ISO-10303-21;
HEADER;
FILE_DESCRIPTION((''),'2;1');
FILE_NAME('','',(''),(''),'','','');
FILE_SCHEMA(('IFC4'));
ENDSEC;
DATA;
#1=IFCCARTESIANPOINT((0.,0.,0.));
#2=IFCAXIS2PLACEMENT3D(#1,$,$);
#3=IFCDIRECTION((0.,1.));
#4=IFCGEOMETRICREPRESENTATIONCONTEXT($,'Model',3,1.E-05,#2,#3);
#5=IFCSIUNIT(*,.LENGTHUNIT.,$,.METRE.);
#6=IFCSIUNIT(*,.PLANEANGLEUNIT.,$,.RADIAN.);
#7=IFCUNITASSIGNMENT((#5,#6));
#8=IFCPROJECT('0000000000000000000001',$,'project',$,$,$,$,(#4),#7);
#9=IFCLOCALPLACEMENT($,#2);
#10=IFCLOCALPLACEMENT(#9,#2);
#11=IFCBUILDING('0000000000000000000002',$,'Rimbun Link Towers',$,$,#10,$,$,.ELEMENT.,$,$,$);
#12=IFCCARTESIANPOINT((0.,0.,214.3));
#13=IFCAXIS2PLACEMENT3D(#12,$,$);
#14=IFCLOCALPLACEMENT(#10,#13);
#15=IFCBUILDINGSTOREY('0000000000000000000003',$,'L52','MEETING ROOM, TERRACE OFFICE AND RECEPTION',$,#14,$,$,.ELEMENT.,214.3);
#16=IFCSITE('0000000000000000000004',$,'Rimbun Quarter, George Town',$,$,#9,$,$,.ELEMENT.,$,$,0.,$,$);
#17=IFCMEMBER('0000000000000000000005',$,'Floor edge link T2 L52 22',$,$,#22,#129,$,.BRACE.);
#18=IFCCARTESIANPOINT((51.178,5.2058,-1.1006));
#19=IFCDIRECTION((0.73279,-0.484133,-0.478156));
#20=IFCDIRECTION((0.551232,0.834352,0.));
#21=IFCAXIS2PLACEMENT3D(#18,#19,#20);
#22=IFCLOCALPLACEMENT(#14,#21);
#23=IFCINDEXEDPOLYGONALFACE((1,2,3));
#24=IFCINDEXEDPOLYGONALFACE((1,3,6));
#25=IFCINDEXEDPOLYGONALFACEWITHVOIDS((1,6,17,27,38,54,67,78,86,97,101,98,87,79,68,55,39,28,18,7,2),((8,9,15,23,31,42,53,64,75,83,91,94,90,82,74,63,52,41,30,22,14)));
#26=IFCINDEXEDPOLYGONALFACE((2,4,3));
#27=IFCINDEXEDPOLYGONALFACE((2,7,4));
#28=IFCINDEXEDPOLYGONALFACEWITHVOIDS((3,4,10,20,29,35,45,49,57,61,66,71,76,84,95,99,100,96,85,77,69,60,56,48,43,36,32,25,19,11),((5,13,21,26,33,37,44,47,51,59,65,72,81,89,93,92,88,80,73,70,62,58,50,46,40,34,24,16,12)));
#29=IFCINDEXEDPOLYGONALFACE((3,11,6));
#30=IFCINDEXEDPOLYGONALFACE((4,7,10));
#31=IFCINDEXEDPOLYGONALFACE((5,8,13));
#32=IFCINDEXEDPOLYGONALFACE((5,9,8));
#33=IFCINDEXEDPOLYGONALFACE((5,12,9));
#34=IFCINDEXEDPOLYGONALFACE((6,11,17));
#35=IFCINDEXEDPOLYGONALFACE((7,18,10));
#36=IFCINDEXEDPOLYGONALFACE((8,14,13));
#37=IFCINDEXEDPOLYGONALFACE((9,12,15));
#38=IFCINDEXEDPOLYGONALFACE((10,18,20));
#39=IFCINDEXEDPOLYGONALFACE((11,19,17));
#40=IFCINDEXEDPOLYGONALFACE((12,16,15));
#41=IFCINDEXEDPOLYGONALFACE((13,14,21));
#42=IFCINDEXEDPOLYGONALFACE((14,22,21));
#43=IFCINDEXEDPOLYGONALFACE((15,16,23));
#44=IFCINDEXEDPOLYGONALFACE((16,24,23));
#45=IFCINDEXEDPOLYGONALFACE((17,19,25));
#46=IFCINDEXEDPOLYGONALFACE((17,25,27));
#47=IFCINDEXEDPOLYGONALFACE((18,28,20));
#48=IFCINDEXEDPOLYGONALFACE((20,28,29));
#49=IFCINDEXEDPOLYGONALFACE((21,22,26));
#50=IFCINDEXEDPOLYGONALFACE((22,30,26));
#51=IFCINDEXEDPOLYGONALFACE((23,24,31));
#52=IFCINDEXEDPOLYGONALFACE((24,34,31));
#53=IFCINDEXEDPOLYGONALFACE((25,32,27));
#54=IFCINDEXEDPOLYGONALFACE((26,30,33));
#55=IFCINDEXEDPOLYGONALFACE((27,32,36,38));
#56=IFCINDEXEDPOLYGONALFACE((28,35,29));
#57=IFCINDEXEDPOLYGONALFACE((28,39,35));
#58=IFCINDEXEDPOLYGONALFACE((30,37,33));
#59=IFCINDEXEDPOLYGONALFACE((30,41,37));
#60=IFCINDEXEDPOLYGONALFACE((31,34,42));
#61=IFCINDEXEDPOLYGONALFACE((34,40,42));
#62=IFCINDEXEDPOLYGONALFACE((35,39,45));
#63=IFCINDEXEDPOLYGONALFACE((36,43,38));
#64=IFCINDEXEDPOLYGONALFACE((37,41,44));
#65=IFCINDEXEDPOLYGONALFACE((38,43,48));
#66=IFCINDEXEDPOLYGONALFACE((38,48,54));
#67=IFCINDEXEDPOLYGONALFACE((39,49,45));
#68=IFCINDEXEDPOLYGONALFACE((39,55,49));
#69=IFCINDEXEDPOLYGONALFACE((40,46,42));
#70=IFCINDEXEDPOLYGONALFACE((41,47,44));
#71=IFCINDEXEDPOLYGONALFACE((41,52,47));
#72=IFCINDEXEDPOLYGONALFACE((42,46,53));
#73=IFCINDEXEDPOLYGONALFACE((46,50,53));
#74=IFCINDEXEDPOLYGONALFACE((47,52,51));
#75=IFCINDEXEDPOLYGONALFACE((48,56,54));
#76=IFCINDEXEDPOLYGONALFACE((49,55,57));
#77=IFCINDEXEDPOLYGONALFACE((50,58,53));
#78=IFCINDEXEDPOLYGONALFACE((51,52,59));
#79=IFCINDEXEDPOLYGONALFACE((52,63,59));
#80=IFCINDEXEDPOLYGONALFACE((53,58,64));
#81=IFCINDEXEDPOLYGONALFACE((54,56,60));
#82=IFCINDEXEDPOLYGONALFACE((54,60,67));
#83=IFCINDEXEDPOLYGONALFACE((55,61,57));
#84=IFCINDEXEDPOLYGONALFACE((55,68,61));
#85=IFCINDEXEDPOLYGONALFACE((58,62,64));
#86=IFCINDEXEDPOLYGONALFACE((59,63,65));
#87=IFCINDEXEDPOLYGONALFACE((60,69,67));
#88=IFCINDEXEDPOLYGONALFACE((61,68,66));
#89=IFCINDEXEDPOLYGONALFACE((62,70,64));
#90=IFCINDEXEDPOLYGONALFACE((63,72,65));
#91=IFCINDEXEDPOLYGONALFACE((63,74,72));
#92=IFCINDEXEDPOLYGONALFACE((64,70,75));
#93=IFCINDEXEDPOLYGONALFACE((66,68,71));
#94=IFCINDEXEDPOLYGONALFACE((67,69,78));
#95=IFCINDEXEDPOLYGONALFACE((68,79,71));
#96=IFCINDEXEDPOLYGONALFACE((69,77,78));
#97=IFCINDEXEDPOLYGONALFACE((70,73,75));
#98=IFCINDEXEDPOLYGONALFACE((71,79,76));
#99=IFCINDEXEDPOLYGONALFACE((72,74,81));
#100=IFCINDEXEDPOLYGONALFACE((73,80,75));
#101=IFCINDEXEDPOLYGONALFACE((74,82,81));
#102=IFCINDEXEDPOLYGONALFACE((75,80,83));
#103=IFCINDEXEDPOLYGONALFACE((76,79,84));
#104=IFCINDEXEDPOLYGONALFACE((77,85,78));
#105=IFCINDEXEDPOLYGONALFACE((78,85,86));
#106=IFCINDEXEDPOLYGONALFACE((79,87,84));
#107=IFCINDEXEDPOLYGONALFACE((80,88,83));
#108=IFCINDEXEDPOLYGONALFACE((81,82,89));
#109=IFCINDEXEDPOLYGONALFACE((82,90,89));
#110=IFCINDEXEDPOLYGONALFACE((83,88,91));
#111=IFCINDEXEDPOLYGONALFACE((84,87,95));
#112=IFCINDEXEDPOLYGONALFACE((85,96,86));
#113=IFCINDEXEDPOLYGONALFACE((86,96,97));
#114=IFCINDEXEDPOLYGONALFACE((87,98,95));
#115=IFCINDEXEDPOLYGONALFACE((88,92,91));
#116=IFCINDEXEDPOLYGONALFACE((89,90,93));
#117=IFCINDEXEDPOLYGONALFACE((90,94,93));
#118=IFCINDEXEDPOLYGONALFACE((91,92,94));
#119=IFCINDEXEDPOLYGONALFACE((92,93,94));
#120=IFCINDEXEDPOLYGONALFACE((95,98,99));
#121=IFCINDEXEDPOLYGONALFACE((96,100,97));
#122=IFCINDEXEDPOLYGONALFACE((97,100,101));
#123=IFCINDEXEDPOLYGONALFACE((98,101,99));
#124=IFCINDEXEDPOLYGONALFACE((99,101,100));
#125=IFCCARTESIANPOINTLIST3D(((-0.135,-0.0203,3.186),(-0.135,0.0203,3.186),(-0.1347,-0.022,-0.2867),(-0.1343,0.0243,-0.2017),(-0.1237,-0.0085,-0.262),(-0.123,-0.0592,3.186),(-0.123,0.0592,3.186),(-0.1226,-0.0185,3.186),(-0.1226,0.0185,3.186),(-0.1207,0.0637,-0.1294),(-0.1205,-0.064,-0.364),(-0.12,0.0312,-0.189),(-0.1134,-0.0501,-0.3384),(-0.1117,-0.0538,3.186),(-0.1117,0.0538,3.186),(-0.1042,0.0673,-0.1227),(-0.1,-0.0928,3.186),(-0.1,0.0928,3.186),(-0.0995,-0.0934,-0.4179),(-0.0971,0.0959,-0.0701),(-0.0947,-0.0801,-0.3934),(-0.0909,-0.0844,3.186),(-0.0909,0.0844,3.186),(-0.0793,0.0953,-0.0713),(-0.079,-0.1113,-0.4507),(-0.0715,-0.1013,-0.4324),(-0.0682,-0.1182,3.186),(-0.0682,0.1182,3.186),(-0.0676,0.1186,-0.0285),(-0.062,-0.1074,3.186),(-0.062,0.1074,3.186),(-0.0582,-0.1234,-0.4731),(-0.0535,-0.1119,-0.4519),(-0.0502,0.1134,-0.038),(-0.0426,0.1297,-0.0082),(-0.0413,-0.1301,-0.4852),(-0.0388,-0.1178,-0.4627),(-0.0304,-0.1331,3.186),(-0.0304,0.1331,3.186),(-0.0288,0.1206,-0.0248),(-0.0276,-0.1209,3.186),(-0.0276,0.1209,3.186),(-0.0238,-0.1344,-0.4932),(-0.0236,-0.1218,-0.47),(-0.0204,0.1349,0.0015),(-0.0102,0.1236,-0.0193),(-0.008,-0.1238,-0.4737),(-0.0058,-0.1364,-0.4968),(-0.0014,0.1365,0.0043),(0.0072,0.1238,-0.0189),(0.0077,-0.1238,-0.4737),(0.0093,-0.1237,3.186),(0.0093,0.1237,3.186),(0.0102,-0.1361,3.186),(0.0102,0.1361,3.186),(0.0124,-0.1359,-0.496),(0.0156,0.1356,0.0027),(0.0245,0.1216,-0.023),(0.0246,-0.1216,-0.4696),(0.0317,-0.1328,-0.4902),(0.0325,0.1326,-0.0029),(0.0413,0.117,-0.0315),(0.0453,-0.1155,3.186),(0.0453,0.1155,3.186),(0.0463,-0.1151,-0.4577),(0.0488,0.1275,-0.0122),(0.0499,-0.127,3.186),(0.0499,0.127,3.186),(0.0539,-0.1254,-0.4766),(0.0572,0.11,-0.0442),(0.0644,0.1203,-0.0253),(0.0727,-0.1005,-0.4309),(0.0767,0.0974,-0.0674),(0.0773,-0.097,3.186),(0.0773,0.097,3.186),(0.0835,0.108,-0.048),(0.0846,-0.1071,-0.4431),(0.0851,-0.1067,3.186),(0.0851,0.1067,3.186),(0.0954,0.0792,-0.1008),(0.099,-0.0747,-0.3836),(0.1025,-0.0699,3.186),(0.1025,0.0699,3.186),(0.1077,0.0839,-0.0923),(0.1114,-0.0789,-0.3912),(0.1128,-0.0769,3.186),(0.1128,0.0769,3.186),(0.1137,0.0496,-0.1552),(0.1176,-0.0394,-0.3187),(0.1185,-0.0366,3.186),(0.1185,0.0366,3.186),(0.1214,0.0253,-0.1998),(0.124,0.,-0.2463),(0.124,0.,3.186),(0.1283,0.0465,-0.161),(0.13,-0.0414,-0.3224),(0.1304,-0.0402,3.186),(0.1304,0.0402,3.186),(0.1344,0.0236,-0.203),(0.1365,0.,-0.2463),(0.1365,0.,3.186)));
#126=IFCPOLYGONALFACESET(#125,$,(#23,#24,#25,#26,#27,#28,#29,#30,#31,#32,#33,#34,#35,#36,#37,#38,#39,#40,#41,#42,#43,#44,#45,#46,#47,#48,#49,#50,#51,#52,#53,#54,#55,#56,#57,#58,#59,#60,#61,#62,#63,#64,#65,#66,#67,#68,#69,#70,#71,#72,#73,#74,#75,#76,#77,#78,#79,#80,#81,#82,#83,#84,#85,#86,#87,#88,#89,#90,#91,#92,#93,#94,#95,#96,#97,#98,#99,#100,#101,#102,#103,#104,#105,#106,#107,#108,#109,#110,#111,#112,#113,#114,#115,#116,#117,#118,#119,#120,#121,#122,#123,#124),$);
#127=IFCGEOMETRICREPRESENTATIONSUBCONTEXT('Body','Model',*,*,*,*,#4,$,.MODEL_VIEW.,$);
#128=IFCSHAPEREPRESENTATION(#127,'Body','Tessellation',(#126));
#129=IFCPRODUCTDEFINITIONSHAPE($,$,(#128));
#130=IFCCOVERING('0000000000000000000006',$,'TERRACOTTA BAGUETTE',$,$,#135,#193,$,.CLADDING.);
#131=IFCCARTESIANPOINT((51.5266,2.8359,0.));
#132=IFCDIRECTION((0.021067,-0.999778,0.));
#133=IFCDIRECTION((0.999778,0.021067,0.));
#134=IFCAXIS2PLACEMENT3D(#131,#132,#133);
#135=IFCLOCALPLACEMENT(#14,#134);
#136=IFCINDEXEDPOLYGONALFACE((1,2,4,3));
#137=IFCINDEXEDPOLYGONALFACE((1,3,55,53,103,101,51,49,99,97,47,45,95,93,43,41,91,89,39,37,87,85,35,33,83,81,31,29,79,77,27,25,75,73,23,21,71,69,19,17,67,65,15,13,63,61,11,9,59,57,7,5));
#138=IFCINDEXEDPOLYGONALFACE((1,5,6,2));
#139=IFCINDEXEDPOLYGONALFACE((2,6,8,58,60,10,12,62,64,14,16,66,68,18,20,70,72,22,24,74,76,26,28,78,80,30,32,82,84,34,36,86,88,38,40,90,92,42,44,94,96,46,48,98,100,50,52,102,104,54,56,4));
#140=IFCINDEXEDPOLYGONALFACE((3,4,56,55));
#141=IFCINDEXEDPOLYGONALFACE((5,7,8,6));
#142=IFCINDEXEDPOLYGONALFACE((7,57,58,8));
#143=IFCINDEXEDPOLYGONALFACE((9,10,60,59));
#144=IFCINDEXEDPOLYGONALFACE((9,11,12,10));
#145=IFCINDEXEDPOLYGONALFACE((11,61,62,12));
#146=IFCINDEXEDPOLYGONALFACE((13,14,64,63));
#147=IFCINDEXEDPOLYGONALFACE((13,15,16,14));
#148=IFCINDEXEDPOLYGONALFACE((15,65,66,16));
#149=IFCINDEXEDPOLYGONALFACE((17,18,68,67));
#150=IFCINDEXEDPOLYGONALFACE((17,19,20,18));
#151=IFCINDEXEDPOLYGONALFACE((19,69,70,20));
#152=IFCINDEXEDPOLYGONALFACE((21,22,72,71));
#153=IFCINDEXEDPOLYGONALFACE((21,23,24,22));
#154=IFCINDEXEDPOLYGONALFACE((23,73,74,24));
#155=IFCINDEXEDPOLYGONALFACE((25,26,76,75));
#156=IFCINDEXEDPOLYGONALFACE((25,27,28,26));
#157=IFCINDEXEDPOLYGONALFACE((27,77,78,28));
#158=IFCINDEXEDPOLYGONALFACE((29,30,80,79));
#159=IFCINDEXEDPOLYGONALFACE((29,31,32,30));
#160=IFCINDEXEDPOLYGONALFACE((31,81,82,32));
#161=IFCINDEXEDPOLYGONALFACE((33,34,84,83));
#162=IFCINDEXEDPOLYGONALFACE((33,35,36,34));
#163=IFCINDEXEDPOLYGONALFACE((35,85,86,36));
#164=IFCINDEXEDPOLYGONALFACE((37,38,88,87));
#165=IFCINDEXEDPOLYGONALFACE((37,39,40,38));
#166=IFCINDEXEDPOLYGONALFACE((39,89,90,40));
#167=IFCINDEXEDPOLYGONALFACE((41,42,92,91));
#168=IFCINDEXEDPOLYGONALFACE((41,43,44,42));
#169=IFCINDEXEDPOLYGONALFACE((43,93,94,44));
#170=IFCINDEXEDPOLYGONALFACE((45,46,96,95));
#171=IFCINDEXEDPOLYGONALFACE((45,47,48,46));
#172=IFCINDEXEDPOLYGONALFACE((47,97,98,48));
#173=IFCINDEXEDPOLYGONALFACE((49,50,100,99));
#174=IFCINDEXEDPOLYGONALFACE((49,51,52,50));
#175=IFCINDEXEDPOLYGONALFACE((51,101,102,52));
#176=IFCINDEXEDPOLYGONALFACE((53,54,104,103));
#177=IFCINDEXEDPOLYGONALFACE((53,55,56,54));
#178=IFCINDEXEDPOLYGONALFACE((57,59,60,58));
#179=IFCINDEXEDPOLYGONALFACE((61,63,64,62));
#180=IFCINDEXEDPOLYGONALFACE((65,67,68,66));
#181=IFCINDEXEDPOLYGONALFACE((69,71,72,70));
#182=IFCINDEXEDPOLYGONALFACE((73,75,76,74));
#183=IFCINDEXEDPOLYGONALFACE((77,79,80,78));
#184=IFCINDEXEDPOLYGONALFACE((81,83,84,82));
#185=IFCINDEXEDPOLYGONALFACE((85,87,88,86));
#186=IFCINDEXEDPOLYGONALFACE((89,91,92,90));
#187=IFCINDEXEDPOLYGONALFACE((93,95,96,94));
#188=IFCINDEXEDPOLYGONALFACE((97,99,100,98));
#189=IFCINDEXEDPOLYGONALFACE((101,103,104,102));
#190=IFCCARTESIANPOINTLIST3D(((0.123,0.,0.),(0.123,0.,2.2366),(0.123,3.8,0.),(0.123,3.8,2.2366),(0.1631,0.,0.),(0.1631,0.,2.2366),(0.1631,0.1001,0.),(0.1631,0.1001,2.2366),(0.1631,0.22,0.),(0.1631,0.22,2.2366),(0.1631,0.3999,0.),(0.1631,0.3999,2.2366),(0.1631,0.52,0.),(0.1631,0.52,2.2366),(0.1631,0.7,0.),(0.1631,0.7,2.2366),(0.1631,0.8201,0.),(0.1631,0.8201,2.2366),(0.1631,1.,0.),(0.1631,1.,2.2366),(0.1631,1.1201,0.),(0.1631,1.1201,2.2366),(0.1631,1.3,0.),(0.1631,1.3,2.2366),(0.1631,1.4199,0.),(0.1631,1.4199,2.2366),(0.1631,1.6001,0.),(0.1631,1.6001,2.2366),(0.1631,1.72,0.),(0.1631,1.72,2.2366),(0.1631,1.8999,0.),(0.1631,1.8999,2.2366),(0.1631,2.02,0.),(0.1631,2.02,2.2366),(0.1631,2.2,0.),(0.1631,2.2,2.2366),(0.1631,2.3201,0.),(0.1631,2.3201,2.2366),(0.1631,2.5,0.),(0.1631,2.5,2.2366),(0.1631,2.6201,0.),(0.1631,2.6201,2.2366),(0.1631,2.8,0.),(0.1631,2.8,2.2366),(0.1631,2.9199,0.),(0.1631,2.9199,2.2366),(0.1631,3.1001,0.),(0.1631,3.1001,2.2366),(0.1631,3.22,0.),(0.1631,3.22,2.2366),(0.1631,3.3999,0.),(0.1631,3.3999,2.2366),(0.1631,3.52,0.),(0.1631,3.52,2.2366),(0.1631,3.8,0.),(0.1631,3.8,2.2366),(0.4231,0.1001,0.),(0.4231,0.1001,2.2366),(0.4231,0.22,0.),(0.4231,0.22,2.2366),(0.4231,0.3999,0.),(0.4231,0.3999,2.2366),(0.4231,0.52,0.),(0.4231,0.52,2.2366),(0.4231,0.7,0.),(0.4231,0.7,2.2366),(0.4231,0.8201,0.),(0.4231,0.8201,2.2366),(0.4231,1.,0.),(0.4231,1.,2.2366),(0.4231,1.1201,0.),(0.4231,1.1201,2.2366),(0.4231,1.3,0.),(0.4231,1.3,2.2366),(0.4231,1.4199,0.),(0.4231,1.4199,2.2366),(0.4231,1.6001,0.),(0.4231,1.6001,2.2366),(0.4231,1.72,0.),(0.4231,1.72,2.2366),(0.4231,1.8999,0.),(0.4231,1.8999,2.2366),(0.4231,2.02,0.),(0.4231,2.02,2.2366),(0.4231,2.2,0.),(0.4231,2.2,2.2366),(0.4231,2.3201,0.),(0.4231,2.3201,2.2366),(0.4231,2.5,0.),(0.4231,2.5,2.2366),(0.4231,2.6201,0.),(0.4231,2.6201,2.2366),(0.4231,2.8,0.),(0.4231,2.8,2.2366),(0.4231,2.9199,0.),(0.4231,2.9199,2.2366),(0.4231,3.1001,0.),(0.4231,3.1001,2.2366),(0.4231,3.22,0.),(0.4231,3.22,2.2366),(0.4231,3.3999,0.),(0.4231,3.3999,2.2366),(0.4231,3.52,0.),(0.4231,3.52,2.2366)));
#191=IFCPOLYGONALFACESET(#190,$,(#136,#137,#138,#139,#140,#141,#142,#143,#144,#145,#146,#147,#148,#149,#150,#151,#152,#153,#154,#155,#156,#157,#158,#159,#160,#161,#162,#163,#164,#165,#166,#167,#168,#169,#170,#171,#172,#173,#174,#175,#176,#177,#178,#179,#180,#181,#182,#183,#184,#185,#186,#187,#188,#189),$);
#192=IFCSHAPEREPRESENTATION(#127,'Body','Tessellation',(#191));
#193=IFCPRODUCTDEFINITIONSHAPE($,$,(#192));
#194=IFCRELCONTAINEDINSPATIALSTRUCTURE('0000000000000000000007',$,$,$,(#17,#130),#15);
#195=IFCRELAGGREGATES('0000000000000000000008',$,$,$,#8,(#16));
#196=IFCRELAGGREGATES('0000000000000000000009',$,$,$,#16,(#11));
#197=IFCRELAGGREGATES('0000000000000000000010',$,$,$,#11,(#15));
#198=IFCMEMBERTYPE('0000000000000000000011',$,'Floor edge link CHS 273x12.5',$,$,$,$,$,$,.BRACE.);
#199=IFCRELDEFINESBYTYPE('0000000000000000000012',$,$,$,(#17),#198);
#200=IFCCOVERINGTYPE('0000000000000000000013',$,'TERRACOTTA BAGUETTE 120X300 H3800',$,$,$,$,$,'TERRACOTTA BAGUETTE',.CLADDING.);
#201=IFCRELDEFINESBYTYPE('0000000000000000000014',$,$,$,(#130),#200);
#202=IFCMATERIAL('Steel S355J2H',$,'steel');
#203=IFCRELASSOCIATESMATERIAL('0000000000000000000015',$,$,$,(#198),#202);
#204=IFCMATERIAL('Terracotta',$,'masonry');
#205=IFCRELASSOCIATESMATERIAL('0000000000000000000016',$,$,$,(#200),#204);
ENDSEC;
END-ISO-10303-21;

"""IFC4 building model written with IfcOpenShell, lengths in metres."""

from ifc_helpers import new_model, si_unit, direction, frame, origin, origin_2d, place, context, subcontext, project, spatial, polyline, hollow_circle, outline, extrude, clip, halfspace, material, material_profile, profile_set, type_object, element, save


model = new_model("IFC4")

# Units and contexts
model_context = context("Model", 3, precision=1e-05, world=origin(), true_north=direction((0.0, 1.0)))
body_context = subcontext(model_context, "Body", "Model", "MODEL_VIEW")
ifc_project = project(units=[si_unit("LENGTHUNIT", "METRE"), si_unit("PLANEANGLEUNIT", "RADIAN")], contexts=[model_context])

# Site, building, storey
site_placement = place(None, origin())
site = spatial("IfcSite", under=ifc_project, at=site_placement, Name="Rimbun Quarter, George Town", CompositionType="ELEMENT", RefElevation=0.0)
building_placement = place(site_placement, origin())
building = spatial("IfcBuilding", under=site, at=building_placement, Name="Rimbun Link Towers", CompositionType="ELEMENT")
storey_placement = place(building_placement, frame((0.0, 0.0, 214.3)))
storey = spatial("IfcBuildingStorey", under=building, at=storey_placement, Name="L52", Description="MEETING ROOM, TERRACE OFFICE AND RECEPTION", CompositionType="ELEMENT", Elevation=214.3)

# Member
ifc_material_1 = material(Name="Steel S355J2H", Category="steel")
ifc_material_profile_1 = material_profile(ifc_material_1, hollow_circle(Radius=0.1365, WallThickness=0.0125, at=origin_2d()), Name="CHS 273x12.5")
ifc_profile_set_1 = profile_set([ifc_material_profile_1], Name="Steel S355J2H")
member_type_1 = type_object("IfcMemberType", Name="Floor edge link CHS 273x12.5", PredefinedType="BRACE", material=ifc_profile_set_1)
member_1_placement = place(storey_placement, frame((51.178, 5.2058, -1.1006), z_axis=(0.73279, -0.484133, -0.478156), x_axis=(0.551232, 0.834352, 0.0)))
element("IfcMember", 1, at=member_1_placement, inside=storey, type_object=member_type_1, Name="Floor edge link T2 L52 22", PredefinedType="BRACE", context=body_context, shape_type="Clipping", body=[
    clip(extrude(hollow_circle(Radius=0.1365, WallThickness=0.0125, at=origin_2d()), frame((0.0, 0.0, -0.5222)), (0.0, 0.0, 1.0), 3.7083), halfspace(frame((0.0, 0.0, -0.2463), z_axis=(0.0, 0.878275, -0.478156)), False)),
])

# Covering
ifc_material_2 = material(Name="Terracotta", Category="masonry")
ifc_material_profile_2 = material_profile(ifc_material_2, outline(polyline([(0.123, 0.0), (0.1631, 0.0), (0.1631, 0.1001), (0.4231, 0.1001), (0.4231, 0.22), (0.1631, 0.22), (0.1631, 0.3999), (0.4231, 0.3999), (0.4231, 0.52), (0.1631, 0.52), (0.1631, 0.7), (0.4231, 0.7), (0.4231, 0.8201), (0.1631, 0.8201), (0.1631, 1.0), (0.4231, 1.0), (0.4231, 1.1201), (0.1631, 1.1201), (0.1631, 1.3), (0.4231, 1.3), (0.4231, 1.4199), (0.1631, 1.4199), (0.1631, 1.6001), (0.4231, 1.6001), (0.4231, 1.72), (0.1631, 1.72), (0.1631, 1.8999), (0.4231, 1.8999), (0.4231, 2.02), (0.1631, 2.02), (0.1631, 2.2), (0.4231, 2.2), (0.4231, 2.3201), (0.1631, 2.3201), (0.1631, 2.5), (0.4231, 2.5), (0.4231, 2.6201), (0.1631, 2.6201), (0.1631, 2.8), (0.4231, 2.8), (0.4231, 2.9199), (0.1631, 2.9199), (0.1631, 3.1001), (0.4231, 3.1001), (0.4231, 3.22), (0.1631, 3.22), (0.1631, 3.3999), (0.4231, 3.3999), (0.4231, 3.52), (0.1631, 3.52), (0.1631, 3.8), (0.123, 3.8), (0.123, 0.0)])), Name="BAGUETTE 120X300")
ifc_profile_set_2 = profile_set([ifc_material_profile_2], Name="Terracotta")
covering_type = type_object("IfcCoveringType", Name="TERRACOTTA BAGUETTE 120X300 H3800", ElementType="TERRACOTTA BAGUETTE", PredefinedType="CLADDING", material=ifc_profile_set_2)
covering_placement = place(storey_placement, frame((51.5266, 2.8359, 0.0), z_axis=(0.021067, -0.999778, 0.0), x_axis=(0.999778, 0.021067, 0.0)))
element("IfcCovering", 2, at=covering_placement, inside=storey, type_object=covering_type, Name="TERRACOTTA BAGUETTE", PredefinedType="CLADDING", context=body_context, shape_type="SweptSolid", body=[
    extrude(outline(polyline([(0.123, 0.0), (0.1631, 0.0), (0.1631, 0.1001), (0.4231, 0.1001), (0.4231, 0.22), (0.1631, 0.22), (0.1631, 0.3999), (0.4231, 0.3999), (0.4231, 0.52), (0.1631, 0.52), (0.1631, 0.7), (0.4231, 0.7), (0.4231, 0.8201), (0.1631, 0.8201), (0.1631, 1.0), (0.4231, 1.0), (0.4231, 1.1201), (0.1631, 1.1201), (0.1631, 1.3), (0.4231, 1.3), (0.4231, 1.4199), (0.1631, 1.4199), (0.1631, 1.6001), (0.4231, 1.6001), (0.4231, 1.72), (0.1631, 1.72), (0.1631, 1.8999), (0.4231, 1.8999), (0.4231, 2.02), (0.1631, 2.02), (0.1631, 2.2), (0.4231, 2.2), (0.4231, 2.3201), (0.1631, 2.3201), (0.1631, 2.5), (0.4231, 2.5), (0.4231, 2.6201), (0.1631, 2.6201), (0.1631, 2.8), (0.4231, 2.8), (0.4231, 2.9199), (0.1631, 2.9199), (0.1631, 3.1001), (0.4231, 3.1001), (0.4231, 3.22), (0.1631, 3.22), (0.1631, 3.3999), (0.4231, 3.3999), (0.4231, 3.52), (0.1631, 3.52), (0.1631, 3.8), (0.123, 3.8), (0.123, 0.0)])), origin(), (0.0, 0.0, 1.0), 2.2366),
])

save(model, "model.ifc")
